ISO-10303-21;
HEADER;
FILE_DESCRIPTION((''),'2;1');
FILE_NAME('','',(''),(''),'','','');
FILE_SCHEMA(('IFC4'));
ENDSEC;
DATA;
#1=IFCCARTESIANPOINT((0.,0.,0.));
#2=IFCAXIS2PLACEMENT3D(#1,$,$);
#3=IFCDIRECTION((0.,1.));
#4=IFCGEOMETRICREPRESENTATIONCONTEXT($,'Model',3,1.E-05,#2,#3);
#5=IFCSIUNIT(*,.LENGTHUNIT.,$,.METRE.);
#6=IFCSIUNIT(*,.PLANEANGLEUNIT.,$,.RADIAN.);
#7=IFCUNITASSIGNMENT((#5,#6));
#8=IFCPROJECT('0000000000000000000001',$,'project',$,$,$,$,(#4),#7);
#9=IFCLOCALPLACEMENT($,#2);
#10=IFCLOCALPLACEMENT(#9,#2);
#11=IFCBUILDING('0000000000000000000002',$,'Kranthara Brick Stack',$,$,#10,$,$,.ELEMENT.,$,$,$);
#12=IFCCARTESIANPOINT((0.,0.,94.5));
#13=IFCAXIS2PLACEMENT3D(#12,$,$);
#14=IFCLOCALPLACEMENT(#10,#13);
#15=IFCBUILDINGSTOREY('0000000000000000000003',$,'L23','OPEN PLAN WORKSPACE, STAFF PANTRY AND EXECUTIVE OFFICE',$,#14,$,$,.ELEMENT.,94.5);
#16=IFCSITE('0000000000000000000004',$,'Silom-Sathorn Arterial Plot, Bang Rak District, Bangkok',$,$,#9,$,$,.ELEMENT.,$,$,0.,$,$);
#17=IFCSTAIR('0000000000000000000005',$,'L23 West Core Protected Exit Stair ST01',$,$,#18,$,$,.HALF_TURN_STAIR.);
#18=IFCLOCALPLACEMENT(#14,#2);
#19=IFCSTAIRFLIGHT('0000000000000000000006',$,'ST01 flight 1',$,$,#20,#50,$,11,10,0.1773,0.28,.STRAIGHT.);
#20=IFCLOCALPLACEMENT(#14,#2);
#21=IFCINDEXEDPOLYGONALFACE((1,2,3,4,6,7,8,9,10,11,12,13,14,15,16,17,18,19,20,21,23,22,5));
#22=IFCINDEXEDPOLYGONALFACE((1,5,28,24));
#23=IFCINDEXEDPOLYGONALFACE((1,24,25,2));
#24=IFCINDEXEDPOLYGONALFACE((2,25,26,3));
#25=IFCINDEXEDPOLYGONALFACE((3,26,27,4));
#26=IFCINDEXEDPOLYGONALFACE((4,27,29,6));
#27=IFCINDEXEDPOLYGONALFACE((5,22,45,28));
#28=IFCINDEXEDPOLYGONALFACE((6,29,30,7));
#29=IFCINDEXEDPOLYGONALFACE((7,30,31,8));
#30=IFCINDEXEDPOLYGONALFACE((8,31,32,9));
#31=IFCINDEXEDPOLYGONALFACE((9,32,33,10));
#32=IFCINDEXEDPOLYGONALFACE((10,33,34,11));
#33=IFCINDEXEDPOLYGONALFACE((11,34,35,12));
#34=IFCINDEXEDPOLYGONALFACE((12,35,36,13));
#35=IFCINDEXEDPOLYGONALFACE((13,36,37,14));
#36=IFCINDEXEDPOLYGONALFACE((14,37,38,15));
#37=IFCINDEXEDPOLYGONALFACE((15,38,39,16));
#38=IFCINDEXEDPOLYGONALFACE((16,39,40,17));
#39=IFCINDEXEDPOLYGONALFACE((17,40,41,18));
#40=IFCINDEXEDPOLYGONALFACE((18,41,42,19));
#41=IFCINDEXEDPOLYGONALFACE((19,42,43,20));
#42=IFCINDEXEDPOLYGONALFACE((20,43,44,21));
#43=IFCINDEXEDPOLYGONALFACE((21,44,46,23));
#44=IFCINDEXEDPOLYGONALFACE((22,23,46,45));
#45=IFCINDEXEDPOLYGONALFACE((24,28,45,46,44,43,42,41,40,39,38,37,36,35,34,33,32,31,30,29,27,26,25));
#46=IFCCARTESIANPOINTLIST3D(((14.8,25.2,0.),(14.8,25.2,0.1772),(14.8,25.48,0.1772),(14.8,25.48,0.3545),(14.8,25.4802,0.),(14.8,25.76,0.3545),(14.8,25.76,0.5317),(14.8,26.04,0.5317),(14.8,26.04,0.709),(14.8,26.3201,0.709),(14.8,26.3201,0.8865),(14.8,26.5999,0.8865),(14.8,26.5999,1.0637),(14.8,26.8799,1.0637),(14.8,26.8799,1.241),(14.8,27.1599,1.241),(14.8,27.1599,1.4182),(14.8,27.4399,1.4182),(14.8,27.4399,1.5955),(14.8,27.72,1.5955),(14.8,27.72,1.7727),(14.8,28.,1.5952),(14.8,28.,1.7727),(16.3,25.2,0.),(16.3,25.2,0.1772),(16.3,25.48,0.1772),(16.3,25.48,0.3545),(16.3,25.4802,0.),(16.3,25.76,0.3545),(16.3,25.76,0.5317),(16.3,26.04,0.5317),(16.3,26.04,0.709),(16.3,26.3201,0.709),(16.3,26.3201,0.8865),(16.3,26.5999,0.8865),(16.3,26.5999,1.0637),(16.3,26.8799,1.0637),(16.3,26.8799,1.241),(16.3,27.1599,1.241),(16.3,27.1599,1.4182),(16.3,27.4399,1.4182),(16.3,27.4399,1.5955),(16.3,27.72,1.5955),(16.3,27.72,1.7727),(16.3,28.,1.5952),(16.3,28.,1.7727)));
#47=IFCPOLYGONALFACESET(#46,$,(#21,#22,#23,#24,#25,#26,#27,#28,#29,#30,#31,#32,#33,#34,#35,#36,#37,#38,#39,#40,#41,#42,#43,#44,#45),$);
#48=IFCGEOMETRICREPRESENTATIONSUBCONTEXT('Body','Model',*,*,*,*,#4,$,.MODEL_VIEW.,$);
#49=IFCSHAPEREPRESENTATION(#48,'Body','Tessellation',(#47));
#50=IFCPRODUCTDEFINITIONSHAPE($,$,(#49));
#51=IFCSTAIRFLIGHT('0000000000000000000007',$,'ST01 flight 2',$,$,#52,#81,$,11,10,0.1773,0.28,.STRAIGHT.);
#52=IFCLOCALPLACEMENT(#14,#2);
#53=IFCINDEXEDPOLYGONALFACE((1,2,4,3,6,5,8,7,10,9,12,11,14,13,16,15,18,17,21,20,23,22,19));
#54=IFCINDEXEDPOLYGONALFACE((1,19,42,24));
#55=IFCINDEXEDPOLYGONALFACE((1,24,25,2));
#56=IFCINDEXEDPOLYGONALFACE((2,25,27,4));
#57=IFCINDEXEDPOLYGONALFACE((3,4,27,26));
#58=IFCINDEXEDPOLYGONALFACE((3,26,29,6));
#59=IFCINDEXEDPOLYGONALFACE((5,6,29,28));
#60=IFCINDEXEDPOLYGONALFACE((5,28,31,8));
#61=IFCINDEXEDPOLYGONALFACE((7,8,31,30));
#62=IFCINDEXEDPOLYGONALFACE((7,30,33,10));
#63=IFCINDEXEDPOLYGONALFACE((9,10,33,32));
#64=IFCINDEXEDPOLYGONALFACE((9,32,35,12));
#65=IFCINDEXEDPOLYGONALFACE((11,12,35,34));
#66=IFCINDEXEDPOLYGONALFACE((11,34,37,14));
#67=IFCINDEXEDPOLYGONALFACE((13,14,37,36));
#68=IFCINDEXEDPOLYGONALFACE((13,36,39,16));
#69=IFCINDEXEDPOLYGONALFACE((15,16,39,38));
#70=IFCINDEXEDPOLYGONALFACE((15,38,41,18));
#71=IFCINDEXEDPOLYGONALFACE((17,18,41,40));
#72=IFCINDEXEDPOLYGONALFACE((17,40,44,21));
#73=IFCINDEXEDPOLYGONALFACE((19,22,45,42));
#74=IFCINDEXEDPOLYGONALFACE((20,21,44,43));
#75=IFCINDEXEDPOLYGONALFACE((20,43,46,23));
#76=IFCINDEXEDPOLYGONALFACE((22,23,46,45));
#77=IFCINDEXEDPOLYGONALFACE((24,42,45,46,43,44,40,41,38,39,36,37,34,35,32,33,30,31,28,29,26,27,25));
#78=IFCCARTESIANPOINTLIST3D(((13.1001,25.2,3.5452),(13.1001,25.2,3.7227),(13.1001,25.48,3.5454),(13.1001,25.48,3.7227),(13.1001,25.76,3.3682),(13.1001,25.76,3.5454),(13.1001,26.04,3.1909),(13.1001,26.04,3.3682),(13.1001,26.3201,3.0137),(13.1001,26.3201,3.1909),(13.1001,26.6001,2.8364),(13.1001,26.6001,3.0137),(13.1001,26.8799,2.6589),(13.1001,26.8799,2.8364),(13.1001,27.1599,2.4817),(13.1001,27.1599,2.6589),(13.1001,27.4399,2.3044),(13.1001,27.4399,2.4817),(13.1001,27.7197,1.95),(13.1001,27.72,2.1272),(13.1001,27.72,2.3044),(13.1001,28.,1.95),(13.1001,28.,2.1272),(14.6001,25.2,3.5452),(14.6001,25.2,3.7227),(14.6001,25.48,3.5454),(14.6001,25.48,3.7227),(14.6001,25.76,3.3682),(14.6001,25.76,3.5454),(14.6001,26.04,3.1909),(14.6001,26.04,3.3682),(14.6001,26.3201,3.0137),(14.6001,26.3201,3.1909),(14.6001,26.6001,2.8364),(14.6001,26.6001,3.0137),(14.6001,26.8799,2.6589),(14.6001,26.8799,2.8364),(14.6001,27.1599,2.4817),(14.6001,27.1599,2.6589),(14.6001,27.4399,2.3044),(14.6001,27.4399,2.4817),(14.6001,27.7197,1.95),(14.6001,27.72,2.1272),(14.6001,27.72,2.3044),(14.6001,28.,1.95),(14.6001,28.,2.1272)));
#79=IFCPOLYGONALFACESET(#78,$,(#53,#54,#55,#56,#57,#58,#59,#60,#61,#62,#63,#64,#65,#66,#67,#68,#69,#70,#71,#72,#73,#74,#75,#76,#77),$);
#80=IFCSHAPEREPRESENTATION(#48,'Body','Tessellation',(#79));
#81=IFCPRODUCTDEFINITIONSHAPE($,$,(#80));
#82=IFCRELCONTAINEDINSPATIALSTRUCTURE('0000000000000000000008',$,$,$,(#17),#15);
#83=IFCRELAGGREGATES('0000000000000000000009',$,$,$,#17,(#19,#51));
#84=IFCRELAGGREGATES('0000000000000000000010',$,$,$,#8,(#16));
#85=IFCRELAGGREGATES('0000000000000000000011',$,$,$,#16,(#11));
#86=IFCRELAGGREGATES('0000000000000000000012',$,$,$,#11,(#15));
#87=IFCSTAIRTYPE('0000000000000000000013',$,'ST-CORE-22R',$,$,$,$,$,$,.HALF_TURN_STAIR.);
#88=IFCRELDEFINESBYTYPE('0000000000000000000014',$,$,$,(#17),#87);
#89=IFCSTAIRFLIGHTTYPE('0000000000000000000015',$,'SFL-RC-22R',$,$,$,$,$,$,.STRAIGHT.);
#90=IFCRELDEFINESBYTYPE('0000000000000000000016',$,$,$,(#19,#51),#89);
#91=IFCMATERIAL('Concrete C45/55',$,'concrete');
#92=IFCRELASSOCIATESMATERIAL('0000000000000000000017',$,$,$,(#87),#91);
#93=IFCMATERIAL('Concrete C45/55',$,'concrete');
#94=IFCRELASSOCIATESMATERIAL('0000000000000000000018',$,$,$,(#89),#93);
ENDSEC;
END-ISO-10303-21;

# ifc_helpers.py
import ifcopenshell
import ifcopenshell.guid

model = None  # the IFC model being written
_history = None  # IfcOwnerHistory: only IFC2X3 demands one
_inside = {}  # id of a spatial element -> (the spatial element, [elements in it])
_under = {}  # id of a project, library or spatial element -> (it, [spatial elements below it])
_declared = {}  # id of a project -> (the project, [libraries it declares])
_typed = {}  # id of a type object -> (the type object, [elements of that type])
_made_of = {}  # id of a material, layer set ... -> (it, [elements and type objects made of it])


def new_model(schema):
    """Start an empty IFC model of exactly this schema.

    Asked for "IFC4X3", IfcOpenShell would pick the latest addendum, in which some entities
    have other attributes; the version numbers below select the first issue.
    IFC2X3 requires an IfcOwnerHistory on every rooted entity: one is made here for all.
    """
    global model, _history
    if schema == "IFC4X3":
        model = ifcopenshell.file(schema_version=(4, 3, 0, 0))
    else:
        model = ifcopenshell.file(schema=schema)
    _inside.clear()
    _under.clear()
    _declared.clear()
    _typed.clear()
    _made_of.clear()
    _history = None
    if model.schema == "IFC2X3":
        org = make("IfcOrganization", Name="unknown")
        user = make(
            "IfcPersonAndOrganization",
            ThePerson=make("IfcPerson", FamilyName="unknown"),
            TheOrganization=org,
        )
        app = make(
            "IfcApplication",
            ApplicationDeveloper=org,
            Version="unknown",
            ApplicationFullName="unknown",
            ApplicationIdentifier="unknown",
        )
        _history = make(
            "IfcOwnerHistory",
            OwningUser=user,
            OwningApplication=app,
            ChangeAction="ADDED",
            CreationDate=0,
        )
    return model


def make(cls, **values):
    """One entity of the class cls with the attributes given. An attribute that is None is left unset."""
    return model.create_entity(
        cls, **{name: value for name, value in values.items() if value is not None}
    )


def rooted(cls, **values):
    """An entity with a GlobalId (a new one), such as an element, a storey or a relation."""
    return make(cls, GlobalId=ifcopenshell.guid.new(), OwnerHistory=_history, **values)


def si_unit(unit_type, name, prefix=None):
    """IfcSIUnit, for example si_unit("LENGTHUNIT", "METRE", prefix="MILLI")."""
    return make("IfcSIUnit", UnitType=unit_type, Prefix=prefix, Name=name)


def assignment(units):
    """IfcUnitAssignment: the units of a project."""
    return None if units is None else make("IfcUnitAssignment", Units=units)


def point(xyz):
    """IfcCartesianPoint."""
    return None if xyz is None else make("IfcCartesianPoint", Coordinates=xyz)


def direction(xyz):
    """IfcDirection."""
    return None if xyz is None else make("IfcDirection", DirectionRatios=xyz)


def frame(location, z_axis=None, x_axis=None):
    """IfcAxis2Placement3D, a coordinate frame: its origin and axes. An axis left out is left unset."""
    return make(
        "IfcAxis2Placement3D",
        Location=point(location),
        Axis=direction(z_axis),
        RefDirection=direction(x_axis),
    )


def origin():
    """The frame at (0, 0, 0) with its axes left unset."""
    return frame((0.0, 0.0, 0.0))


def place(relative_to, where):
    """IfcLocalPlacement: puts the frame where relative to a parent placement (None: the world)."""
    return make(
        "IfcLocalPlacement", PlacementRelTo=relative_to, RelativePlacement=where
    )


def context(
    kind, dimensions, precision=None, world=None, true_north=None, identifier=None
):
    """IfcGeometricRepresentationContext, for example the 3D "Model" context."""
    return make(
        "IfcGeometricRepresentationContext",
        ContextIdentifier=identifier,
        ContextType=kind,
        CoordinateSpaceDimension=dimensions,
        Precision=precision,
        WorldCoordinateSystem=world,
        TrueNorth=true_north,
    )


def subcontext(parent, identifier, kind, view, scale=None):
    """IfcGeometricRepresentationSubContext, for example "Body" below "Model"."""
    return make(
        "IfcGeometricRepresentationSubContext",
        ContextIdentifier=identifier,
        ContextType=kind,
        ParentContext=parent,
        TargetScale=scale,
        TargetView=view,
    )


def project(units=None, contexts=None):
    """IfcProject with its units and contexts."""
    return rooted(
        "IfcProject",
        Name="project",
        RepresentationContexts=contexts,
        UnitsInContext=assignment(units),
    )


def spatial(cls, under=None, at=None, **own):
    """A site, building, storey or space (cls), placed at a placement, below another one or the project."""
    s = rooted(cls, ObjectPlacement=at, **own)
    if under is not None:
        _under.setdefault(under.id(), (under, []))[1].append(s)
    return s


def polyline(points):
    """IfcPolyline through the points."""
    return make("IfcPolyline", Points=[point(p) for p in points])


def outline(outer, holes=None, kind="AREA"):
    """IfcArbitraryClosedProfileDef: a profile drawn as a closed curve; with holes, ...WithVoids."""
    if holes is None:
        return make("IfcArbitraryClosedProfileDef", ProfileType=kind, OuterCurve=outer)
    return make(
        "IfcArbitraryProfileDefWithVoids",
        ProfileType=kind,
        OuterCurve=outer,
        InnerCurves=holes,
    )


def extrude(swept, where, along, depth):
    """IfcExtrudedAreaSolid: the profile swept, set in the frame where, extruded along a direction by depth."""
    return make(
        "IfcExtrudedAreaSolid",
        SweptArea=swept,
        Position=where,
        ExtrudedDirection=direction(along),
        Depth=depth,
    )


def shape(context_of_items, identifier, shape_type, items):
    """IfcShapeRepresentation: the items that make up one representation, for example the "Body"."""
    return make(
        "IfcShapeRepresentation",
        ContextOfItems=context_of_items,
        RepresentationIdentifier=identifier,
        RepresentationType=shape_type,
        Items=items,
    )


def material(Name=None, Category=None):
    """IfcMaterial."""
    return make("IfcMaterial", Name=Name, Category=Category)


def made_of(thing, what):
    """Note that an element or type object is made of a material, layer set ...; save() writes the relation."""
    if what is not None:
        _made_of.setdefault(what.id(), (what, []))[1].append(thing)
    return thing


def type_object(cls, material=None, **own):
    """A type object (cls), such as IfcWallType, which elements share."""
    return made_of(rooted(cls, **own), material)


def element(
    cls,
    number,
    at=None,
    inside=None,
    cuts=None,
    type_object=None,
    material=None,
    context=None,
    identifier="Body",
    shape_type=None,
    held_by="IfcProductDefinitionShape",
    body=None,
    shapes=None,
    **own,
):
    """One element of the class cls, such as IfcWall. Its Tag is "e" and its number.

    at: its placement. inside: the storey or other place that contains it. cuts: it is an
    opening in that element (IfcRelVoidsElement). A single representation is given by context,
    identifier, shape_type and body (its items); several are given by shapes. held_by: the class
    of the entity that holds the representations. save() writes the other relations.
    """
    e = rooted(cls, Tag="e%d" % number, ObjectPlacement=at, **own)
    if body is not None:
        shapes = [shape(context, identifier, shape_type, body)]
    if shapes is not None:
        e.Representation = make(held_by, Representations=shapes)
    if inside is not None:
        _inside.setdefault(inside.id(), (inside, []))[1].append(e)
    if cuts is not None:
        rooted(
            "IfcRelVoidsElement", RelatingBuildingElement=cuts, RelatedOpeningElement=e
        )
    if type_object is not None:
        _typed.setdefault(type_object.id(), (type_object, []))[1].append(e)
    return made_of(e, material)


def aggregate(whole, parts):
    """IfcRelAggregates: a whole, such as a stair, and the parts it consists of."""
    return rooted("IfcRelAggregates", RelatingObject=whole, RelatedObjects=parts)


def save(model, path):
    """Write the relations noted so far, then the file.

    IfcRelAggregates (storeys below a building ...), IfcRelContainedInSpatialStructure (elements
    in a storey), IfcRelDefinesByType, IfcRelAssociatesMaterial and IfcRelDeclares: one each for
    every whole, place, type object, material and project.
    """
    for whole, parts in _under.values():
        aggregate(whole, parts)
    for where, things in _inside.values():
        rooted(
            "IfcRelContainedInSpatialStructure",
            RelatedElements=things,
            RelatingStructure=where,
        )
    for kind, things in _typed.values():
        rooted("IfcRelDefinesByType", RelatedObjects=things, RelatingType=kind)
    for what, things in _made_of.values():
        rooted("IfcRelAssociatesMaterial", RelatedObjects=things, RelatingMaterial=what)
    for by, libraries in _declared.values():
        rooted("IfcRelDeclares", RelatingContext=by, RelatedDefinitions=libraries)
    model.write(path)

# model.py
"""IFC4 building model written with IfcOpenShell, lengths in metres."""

from ifc_helpers import new_model, si_unit, direction, frame, origin, place, context, subcontext, project, spatial, polyline, outline, extrude, material, type_object, element, aggregate, save


model = new_model("IFC4")

# Units and contexts
model_context = context("Model", 3, precision=1e-05, world=origin(), true_north=direction((0.0, 1.0)))
body_context = subcontext(model_context, "Body", "Model", "MODEL_VIEW")
ifc_project = project(units=[si_unit("LENGTHUNIT", "METRE"), si_unit("PLANEANGLEUNIT", "RADIAN")], contexts=[model_context])

# Site, building, storey
site_placement = place(None, origin())
site = spatial("IfcSite", under=ifc_project, at=site_placement, Name="Silom-Sathorn Arterial Plot, Bang Rak District, Bangkok", CompositionType="ELEMENT", RefElevation=0.0)
building_placement = place(site_placement, origin())
building = spatial("IfcBuilding", under=site, at=building_placement, Name="Kranthara Brick Stack", CompositionType="ELEMENT")
storey_placement = place(building_placement, frame((0.0, 0.0, 94.5)))
storey = spatial("IfcBuildingStorey", under=building, at=storey_placement, Name="L23", Description="OPEN PLAN WORKSPACE, STAFF PANTRY AND EXECUTIVE OFFICE", CompositionType="ELEMENT", Elevation=94.5)

# Stair, stair flights
ifc_material_1 = material(Name="Concrete C45/55", Category="concrete")
stair_type = type_object("IfcStairType", Name="ST-CORE-22R", PredefinedType="HALF_TURN_STAIR", material=ifc_material_1)
stair_placement = place(storey_placement, origin())
stair = element("IfcStair", 1, at=stair_placement, inside=storey, type_object=stair_type, Name="L23 West Core Protected Exit Stair ST01", PredefinedType="HALF_TURN_STAIR")
ifc_material_2 = material(Name="Concrete C45/55", Category="concrete")
stair_flight_type = type_object("IfcStairFlightType", Name="SFL-RC-22R", PredefinedType="STRAIGHT", material=ifc_material_2)
stair_flight_1_placement = place(storey_placement, frame((15.55, 25.2, 0.0), z_axis=(0.0, 0.0, 1.0), x_axis=(0.0, 1.0, 0.0)))
stair_flight_1 = element("IfcStairFlight", 2, at=stair_flight_1_placement, type_object=stair_flight_type, Name="ST01 flight 1", NumberOfRisers=11, NumberOfTreads=10, PredefinedType="STRAIGHT", RiserHeight=0.1773, TreadLength=0.28, context=body_context, shape_type="SweptSolid", body=[
    extrude(outline(polyline([(0.0, 0.0), (0.0, 0.1772), (0.28, 0.1772), (0.28, 0.3545), (0.5601, 0.3545), (0.5601, 0.5317), (0.8401, 0.5317), (0.8401, 0.709), (1.1201, 0.709), (1.1201, 0.8865), (1.3999, 0.8865), (1.3999, 1.0637), (1.6799, 1.0637), (1.6799, 1.241), (1.96, 1.241), (1.96, 1.4182), (2.24, 1.4182), (2.24, 1.5955), (2.52, 1.5955), (2.52, 1.7727), (2.8, 1.7727), (2.8, 1.95), (2.8, 1.5952), (0.2803, 0.0), (0.0, 0.0)])), frame((0.0, 0.75, 0.0), z_axis=(0.0, -1.0, 0.0), x_axis=(1.0, 0.0, 0.0)), (0.0, 0.0, 1.0), 1.5),
])
stair_flight_2_placement = place(storey_placement, frame((13.8501, 28.0, 1.95), z_axis=(0.0, 0.0, 1.0), x_axis=(0.0, -1.0, 0.0)))
stair_flight_2 = element("IfcStairFlight", 3, at=stair_flight_2_placement, type_object=stair_flight_type, Name="ST01 flight 2", NumberOfRisers=11, NumberOfTreads=10, PredefinedType="STRAIGHT", RiserHeight=0.1773, TreadLength=0.28, context=body_context, shape_type="SweptSolid", body=[
    extrude(outline(polyline([(0.0, 0.0), (0.0, 0.1772), (0.28, 0.1772), (0.28, 0.3545), (0.5601, 0.3545), (0.5601, 0.5317), (0.8401, 0.5317), (0.8401, 0.709), (1.1201, 0.709), (1.1201, 0.8865), (1.3999, 0.8865), (1.3999, 1.0637), (1.6799, 1.0637), (1.6799, 1.241), (1.96, 1.241), (1.96, 1.4182), (2.24, 1.4182), (2.24, 1.5955), (2.52, 1.5955), (2.52, 1.7727), (2.8, 1.7727), (2.8, 1.95), (2.8, 1.5952), (0.2803, 0.0), (0.0, 0.0)])), frame((0.0, 0.75, 0.0), z_axis=(0.0, -1.0, 0.0), x_axis=(1.0, 0.0, 0.0)), (0.0, 0.0, 1.0), 1.5),
])
aggregate(stair, [stair_flight_1, stair_flight_2])

save(model, "model.ifc")
